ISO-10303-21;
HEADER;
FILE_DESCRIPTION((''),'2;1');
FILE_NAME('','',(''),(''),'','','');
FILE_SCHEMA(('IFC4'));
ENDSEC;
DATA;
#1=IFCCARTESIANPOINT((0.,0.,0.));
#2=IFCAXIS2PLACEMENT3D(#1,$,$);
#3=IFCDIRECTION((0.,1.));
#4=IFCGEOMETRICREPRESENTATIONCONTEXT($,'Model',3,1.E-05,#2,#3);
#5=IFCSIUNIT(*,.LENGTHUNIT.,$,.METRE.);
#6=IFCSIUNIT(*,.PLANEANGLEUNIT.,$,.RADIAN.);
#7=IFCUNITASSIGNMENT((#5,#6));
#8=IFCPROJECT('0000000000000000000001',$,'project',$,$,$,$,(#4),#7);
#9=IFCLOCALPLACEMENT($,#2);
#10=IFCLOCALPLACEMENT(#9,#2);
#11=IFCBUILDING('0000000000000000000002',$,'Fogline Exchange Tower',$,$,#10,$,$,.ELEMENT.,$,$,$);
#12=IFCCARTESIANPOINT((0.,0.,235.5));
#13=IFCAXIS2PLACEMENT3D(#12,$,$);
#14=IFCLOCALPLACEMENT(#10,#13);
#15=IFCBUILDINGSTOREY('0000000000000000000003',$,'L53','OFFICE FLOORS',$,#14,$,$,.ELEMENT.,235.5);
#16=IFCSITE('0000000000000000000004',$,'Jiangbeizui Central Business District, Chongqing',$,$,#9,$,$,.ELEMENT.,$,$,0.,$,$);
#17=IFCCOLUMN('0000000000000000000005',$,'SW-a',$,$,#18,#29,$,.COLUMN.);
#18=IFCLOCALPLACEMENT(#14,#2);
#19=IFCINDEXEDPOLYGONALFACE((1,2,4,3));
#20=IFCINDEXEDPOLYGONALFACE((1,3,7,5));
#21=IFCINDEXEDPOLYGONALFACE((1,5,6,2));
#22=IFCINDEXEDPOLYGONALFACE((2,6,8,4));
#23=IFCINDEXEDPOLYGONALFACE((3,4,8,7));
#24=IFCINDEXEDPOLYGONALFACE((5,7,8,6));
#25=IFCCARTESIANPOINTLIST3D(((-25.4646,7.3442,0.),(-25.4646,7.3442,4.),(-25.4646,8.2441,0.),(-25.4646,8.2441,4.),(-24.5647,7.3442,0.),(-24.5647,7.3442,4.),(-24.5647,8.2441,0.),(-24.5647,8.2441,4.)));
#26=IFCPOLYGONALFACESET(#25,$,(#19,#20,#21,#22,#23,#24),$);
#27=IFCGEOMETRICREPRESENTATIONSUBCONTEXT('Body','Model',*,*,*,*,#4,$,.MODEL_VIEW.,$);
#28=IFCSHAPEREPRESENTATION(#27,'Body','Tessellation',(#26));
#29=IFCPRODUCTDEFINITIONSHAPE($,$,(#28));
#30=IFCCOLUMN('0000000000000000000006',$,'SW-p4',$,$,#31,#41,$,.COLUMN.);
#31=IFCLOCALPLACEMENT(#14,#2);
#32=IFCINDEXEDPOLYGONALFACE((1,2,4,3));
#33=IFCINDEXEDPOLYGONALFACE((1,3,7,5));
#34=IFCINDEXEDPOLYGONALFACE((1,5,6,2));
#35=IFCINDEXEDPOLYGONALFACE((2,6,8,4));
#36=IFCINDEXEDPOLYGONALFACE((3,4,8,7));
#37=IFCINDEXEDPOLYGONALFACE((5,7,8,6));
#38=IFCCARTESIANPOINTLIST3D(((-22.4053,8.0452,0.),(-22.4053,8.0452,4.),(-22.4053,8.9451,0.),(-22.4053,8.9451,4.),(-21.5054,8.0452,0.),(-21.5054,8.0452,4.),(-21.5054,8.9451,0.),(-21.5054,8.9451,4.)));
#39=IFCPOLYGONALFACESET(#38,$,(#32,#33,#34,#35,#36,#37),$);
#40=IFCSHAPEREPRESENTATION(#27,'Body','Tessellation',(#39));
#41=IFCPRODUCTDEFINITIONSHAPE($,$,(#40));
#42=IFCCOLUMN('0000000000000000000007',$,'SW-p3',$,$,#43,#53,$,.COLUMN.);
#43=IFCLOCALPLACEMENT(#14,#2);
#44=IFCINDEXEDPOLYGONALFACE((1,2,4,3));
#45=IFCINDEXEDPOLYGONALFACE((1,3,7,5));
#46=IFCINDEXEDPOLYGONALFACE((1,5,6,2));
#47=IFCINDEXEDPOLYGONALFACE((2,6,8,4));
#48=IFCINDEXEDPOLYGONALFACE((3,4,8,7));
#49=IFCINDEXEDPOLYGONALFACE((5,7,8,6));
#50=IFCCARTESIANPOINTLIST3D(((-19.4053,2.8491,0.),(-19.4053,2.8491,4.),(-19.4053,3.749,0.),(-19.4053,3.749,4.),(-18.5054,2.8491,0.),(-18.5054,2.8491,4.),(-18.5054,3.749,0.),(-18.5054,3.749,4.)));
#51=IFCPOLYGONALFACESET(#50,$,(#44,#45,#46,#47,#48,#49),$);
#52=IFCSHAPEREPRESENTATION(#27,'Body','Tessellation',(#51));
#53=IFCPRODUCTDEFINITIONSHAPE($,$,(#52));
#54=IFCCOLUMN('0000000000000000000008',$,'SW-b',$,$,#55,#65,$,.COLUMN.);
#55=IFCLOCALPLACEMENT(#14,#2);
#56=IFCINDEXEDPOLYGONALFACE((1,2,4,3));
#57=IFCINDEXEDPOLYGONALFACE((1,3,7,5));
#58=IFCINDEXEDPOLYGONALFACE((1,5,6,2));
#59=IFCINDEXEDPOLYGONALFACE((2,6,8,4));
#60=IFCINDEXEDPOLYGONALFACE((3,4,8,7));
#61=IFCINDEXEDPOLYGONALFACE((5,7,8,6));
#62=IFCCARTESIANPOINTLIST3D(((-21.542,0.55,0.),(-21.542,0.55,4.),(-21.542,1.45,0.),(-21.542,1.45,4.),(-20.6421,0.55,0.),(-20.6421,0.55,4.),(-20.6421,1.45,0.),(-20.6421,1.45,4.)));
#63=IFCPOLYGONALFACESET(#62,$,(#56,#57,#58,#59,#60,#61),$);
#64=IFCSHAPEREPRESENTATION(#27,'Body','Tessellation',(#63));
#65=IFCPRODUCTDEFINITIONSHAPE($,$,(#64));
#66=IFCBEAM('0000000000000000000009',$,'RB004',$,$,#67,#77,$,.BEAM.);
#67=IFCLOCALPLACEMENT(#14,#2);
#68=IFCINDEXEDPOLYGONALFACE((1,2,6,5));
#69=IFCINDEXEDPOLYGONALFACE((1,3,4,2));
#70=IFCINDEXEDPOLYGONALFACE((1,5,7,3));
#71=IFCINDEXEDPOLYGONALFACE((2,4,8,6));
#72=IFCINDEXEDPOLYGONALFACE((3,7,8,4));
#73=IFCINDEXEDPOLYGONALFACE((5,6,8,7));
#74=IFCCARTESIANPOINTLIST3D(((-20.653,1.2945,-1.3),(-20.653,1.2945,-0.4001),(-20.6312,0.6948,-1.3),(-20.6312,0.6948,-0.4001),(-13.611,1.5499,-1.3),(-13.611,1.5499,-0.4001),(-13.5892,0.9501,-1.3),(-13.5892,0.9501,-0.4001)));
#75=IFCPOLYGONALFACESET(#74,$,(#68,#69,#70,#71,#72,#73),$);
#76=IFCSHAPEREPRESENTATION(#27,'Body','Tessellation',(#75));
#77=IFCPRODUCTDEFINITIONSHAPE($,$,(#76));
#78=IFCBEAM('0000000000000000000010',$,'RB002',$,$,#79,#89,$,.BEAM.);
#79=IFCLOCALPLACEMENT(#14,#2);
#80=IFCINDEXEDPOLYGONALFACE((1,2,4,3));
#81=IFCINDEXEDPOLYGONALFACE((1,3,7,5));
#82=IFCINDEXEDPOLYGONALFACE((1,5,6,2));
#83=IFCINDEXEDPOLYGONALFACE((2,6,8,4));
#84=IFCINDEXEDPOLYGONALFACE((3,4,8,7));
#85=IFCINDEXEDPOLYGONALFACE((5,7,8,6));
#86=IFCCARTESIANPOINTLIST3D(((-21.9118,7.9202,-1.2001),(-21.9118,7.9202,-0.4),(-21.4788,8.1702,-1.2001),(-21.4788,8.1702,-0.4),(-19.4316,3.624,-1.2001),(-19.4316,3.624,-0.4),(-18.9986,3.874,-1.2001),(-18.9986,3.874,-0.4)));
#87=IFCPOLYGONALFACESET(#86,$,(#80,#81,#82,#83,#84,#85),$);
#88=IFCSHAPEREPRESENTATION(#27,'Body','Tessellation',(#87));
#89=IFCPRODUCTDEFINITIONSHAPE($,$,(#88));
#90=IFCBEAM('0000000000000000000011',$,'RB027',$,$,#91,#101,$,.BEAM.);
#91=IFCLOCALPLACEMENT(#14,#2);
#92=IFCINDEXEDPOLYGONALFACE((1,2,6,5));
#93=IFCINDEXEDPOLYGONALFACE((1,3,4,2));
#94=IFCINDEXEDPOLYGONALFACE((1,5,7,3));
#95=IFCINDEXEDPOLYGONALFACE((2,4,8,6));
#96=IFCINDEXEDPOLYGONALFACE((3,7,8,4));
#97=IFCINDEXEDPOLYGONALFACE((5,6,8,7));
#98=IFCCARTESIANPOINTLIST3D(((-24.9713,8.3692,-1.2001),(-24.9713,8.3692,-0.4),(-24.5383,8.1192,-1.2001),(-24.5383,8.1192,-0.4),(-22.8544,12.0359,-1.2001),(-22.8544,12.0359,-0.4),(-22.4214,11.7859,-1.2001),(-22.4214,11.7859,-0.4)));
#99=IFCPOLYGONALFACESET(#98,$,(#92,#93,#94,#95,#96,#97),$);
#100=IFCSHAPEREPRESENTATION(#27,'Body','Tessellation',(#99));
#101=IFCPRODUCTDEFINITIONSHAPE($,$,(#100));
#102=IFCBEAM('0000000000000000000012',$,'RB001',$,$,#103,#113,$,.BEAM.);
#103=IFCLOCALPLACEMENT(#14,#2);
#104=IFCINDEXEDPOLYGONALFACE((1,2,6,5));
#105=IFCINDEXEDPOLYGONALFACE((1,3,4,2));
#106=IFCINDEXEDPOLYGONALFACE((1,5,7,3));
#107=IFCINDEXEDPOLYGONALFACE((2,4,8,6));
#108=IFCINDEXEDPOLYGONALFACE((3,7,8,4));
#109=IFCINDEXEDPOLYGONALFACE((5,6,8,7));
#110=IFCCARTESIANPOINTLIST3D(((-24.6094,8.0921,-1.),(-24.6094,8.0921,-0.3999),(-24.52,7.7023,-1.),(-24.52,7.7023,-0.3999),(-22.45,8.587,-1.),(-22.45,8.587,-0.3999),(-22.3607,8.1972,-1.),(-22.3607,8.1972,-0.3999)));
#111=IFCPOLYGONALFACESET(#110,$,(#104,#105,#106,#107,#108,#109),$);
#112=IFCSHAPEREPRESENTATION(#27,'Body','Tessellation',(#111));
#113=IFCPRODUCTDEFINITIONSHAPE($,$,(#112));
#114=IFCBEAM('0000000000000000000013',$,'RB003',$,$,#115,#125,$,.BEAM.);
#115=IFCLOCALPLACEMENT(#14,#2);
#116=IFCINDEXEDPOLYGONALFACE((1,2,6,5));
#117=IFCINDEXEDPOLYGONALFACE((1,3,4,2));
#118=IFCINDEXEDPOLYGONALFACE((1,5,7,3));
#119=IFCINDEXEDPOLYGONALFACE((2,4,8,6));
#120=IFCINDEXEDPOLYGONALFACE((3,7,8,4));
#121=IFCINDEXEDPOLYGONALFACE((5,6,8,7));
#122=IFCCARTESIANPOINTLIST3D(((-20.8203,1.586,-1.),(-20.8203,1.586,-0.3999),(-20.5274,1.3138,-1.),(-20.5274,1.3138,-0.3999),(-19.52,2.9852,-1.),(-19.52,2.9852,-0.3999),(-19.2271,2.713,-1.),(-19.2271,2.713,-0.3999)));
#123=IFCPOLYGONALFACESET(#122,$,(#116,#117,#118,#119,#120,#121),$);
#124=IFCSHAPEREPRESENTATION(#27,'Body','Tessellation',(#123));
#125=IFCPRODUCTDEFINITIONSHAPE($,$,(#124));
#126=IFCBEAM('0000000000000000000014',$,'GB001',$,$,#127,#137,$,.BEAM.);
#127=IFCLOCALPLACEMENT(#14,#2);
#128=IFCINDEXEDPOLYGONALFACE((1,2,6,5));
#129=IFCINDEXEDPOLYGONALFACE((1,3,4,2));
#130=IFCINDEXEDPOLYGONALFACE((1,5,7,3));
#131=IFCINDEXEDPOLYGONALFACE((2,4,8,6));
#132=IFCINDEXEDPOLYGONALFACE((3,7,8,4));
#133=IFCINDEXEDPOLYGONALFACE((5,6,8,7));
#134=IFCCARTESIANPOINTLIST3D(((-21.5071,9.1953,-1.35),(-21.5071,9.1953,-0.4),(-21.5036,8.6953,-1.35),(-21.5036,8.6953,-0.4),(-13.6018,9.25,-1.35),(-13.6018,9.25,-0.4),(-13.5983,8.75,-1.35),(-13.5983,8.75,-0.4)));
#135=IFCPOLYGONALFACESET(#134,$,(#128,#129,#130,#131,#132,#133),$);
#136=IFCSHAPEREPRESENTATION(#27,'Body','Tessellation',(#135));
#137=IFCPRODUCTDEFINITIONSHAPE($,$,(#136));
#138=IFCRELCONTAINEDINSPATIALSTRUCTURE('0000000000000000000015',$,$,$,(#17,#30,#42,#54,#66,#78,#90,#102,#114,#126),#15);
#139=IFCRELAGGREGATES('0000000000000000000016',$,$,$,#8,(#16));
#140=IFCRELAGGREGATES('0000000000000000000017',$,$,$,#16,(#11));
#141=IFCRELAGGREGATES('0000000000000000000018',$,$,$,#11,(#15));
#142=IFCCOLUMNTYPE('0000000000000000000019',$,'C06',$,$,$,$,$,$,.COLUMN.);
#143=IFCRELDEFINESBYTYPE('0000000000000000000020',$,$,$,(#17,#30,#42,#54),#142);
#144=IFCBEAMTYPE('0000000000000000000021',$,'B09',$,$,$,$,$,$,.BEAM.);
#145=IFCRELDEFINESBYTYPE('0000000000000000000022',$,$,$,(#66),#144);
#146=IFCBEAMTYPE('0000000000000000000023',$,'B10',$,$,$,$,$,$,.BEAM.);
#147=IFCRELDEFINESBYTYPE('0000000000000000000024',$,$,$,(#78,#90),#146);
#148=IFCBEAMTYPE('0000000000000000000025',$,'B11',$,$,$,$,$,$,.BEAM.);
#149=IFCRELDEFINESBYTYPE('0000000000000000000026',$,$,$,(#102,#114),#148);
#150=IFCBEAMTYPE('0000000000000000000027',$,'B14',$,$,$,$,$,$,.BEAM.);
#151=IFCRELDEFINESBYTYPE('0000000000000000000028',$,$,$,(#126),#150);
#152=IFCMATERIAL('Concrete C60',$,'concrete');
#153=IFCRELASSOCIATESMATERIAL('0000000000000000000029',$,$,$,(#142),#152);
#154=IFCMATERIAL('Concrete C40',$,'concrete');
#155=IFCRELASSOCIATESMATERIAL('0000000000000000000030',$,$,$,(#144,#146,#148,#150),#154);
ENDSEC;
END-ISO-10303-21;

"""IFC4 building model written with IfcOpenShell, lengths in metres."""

from ifc_helpers import new_model, si_unit, direction, frame, origin, origin_2d, place, context, subcontext, project, spatial, rectangle, extrude, material, material_profile, profile_set, type_object, element, save


model = new_model("IFC4")

# Units and contexts
model_context = context("Model", 3, precision=1e-05, world=origin(), true_north=direction((0.0, 1.0)))
body_context = subcontext(model_context, "Body", "Model", "MODEL_VIEW")
ifc_project = project(units=[si_unit("LENGTHUNIT", "METRE"), si_unit("PLANEANGLEUNIT", "RADIAN")], contexts=[model_context])

# Site, building, storey
site_placement = place(None, origin())
site = spatial("IfcSite", under=ifc_project, at=site_placement, Name="Jiangbeizui Central Business District, Chongqing", CompositionType="ELEMENT", RefElevation=0.0)
building_placement = place(site_placement, origin())
building = spatial("IfcBuilding", under=site, at=building_placement, Name="Fogline Exchange Tower", CompositionType="ELEMENT")
storey_placement = place(building_placement, frame((0.0, 0.0, 235.5)))
storey = spatial("IfcBuildingStorey", under=building, at=storey_placement, Name="L53", Description="OFFICE FLOORS", CompositionType="ELEMENT", Elevation=235.5)

# Columns
ifc_material_1 = material(Name="Concrete C60", Category="concrete")
ifc_material_profile_1 = material_profile(ifc_material_1, rectangle(XDim=0.8999, YDim=0.8999, at=origin_2d()), Name="RC 900x900")
ifc_profile_set_1 = profile_set([ifc_material_profile_1], Name="Concrete C60")
column_type = type_object("IfcColumnType", Name="C06", PredefinedType="COLUMN", material=ifc_profile_set_1)
for number, where, z_axis, x_axis, name in (
    (1, (-25.0146, 7.7942, 0.0), (0.0, 0.0, 1.0), (1.0, 0.0, 0.0), "SW-a"),
    (2, (-21.9553, 8.4951, 0.0), (0.0, 0.0, 1.0), (1.0, 0.0, 0.0), "SW-p4"),
    (3, (-18.9553, 3.2991, 0.0), (0.0, 0.0, 1.0), (1.0, 0.0, 0.0), "SW-p3"),
    (4, (-21.092, 1.0, 0.0), (0.0, 0.0, 1.0), (1.0, 0.0, 0.0), "SW-b"),
):
    element("IfcColumn", number, at=place(storey_placement, frame(where, z_axis=z_axis, x_axis=x_axis)), inside=storey, type_object=column_type, Name=name, PredefinedType="COLUMN", context=body_context, shape_type="SweptSolid", body=[
        extrude(rectangle(XDim=0.8999, YDim=0.8999, at=origin_2d()), origin(), (0.0, 0.0, 1.0), 4.0),
    ])

# Beams
ifc_material_2 = material(Name="Concrete C40", Category="concrete")
ifc_material_profile_2 = material_profile(ifc_material_2, rectangle(XDim=0.6001, YDim=0.8999, at=origin_2d()), Name="RC 600x900")
ifc_profile_set_2 = profile_set([ifc_material_profile_2], Name="Concrete C40")
beam_type_1 = type_object("IfcBeamType", Name="B09", PredefinedType="BEAM", material=ifc_profile_set_2)
beam_1_placement = place(storey_placement, frame((-20.6421, 0.9946, -0.8501), z_axis=(0.999343, 0.03624, 0.0), x_axis=(-0.03624, 0.999343, 0.0)))
element("IfcBeam", 5, at=beam_1_placement, inside=storey, type_object=beam_type_1, Name="RB004", PredefinedType="BEAM", context=body_context, shape_type="SweptSolid", body=[
    extrude(rectangle(XDim=0.6001, YDim=0.8999, at=origin_2d()), origin(), (0.0, 0.0, 1.0), 7.0466),
])
ifc_material_profile_3 = material_profile(ifc_material_2, rectangle(XDim=0.5, YDim=0.8, at=origin_2d()), Name="RC 500x800")
ifc_profile_set_3 = profile_set([ifc_material_profile_3], Name="Concrete C40")
beam_type_2 = type_object("IfcBeamType", Name="B10", PredefinedType="BEAM", material=ifc_profile_set_3)
beam_2_placement = place(storey_placement, frame((-21.6953, 8.0452, -0.8), z_axis=(0.499977, -0.866039, 0.0), x_axis=(0.866039, 0.499977, 0.0)))
element("IfcBeam", 6, at=beam_2_placement, inside=storey, type_object=beam_type_2, Name="RB002", PredefinedType="BEAM", context=body_context, shape_type="SweptSolid", body=[
    extrude(rectangle(XDim=0.5, YDim=0.8, at=origin_2d()), origin(), (0.0, 0.0, 1.0), 4.9607),
])
beam_3_placement = place(storey_placement, frame((-22.6379, 11.9109, -0.8), z_axis=(-0.49999, -0.866031, 0.0), x_axis=(0.866031, -0.49999, 0.0)))
element("IfcBeam", 7, at=beam_3_placement, inside=storey, type_object=beam_type_2, Name="RB027", PredefinedType="BEAM", context=body_context, shape_type="SweptSolid", body=[
    extrude(rectangle(XDim=0.5, YDim=0.8, at=origin_2d()), origin(), (0.0, 0.0, 1.0), 4.2339),
])
ifc_material_profile_4 = material_profile(ifc_material_2, rectangle(XDim=0.3999, YDim=0.6001, at=origin_2d()), Name="RC 400x600")
ifc_profile_set_4 = profile_set([ifc_material_profile_4], Name="Concrete C40")
beam_type_3 = type_object("IfcBeamType", Name="B11", PredefinedType="BEAM", material=ifc_profile_set_4)
beam_4_placement = place(storey_placement, frame((-24.5647, 7.8972, -0.7), z_axis=(0.974732, 0.223378, 0.0), x_axis=(-0.223378, 0.974732, 0.0)))
element("IfcBeam", 8, at=beam_4_placement, inside=storey, type_object=beam_type_3, Name="RB001", PredefinedType="BEAM", context=body_context, shape_type="SweptSolid", body=[
    extrude(rectangle(XDim=0.3999, YDim=0.6001, at=origin_2d()), origin(), (0.0, 0.0, 1.0), 2.2153),
])
beam_5_placement = place(storey_placement, frame((-19.3735, 2.8491, -0.7), z_axis=(-0.68075, -0.732516, 0.0), x_axis=(0.732516, -0.68075, 0.0)))
element("IfcBeam", 9, at=beam_5_placement, inside=storey, type_object=beam_type_3, Name="RB003", PredefinedType="BEAM", context=body_context, shape_type="SweptSolid", body=[
    extrude(rectangle(XDim=0.3999, YDim=0.6001, at=origin_2d()), origin(), (0.0, 0.0, 1.0), 1.9102),
])
ifc_material_profile_5 = material_profile(ifc_material_2, rectangle(XDim=0.5, YDim=0.95, at=origin_2d()), Name="RC 500x950")
ifc_profile_set_5 = profile_set([ifc_material_profile_5], Name="Concrete C40")
beam_type_4 = type_object("IfcBeamType", Name="B14", PredefinedType="BEAM", material=ifc_profile_set_5)
beam_6_placement = place(storey_placement, frame((-21.5054, 8.9453, -0.875), z_axis=(0.999976, 0.006918, 0.0), x_axis=(-0.006918, 0.999976, 0.0)))
element("IfcBeam", 10, at=beam_6_placement, inside=storey, type_object=beam_type_4, Name="GB001", PredefinedType="BEAM", context=body_context, shape_type="SweptSolid", body=[
    extrude(rectangle(XDim=0.5, YDim=0.95, at=origin_2d()), origin(), (0.0, 0.0, 1.0), 7.9055),
])

save(model, "model.ifc")
